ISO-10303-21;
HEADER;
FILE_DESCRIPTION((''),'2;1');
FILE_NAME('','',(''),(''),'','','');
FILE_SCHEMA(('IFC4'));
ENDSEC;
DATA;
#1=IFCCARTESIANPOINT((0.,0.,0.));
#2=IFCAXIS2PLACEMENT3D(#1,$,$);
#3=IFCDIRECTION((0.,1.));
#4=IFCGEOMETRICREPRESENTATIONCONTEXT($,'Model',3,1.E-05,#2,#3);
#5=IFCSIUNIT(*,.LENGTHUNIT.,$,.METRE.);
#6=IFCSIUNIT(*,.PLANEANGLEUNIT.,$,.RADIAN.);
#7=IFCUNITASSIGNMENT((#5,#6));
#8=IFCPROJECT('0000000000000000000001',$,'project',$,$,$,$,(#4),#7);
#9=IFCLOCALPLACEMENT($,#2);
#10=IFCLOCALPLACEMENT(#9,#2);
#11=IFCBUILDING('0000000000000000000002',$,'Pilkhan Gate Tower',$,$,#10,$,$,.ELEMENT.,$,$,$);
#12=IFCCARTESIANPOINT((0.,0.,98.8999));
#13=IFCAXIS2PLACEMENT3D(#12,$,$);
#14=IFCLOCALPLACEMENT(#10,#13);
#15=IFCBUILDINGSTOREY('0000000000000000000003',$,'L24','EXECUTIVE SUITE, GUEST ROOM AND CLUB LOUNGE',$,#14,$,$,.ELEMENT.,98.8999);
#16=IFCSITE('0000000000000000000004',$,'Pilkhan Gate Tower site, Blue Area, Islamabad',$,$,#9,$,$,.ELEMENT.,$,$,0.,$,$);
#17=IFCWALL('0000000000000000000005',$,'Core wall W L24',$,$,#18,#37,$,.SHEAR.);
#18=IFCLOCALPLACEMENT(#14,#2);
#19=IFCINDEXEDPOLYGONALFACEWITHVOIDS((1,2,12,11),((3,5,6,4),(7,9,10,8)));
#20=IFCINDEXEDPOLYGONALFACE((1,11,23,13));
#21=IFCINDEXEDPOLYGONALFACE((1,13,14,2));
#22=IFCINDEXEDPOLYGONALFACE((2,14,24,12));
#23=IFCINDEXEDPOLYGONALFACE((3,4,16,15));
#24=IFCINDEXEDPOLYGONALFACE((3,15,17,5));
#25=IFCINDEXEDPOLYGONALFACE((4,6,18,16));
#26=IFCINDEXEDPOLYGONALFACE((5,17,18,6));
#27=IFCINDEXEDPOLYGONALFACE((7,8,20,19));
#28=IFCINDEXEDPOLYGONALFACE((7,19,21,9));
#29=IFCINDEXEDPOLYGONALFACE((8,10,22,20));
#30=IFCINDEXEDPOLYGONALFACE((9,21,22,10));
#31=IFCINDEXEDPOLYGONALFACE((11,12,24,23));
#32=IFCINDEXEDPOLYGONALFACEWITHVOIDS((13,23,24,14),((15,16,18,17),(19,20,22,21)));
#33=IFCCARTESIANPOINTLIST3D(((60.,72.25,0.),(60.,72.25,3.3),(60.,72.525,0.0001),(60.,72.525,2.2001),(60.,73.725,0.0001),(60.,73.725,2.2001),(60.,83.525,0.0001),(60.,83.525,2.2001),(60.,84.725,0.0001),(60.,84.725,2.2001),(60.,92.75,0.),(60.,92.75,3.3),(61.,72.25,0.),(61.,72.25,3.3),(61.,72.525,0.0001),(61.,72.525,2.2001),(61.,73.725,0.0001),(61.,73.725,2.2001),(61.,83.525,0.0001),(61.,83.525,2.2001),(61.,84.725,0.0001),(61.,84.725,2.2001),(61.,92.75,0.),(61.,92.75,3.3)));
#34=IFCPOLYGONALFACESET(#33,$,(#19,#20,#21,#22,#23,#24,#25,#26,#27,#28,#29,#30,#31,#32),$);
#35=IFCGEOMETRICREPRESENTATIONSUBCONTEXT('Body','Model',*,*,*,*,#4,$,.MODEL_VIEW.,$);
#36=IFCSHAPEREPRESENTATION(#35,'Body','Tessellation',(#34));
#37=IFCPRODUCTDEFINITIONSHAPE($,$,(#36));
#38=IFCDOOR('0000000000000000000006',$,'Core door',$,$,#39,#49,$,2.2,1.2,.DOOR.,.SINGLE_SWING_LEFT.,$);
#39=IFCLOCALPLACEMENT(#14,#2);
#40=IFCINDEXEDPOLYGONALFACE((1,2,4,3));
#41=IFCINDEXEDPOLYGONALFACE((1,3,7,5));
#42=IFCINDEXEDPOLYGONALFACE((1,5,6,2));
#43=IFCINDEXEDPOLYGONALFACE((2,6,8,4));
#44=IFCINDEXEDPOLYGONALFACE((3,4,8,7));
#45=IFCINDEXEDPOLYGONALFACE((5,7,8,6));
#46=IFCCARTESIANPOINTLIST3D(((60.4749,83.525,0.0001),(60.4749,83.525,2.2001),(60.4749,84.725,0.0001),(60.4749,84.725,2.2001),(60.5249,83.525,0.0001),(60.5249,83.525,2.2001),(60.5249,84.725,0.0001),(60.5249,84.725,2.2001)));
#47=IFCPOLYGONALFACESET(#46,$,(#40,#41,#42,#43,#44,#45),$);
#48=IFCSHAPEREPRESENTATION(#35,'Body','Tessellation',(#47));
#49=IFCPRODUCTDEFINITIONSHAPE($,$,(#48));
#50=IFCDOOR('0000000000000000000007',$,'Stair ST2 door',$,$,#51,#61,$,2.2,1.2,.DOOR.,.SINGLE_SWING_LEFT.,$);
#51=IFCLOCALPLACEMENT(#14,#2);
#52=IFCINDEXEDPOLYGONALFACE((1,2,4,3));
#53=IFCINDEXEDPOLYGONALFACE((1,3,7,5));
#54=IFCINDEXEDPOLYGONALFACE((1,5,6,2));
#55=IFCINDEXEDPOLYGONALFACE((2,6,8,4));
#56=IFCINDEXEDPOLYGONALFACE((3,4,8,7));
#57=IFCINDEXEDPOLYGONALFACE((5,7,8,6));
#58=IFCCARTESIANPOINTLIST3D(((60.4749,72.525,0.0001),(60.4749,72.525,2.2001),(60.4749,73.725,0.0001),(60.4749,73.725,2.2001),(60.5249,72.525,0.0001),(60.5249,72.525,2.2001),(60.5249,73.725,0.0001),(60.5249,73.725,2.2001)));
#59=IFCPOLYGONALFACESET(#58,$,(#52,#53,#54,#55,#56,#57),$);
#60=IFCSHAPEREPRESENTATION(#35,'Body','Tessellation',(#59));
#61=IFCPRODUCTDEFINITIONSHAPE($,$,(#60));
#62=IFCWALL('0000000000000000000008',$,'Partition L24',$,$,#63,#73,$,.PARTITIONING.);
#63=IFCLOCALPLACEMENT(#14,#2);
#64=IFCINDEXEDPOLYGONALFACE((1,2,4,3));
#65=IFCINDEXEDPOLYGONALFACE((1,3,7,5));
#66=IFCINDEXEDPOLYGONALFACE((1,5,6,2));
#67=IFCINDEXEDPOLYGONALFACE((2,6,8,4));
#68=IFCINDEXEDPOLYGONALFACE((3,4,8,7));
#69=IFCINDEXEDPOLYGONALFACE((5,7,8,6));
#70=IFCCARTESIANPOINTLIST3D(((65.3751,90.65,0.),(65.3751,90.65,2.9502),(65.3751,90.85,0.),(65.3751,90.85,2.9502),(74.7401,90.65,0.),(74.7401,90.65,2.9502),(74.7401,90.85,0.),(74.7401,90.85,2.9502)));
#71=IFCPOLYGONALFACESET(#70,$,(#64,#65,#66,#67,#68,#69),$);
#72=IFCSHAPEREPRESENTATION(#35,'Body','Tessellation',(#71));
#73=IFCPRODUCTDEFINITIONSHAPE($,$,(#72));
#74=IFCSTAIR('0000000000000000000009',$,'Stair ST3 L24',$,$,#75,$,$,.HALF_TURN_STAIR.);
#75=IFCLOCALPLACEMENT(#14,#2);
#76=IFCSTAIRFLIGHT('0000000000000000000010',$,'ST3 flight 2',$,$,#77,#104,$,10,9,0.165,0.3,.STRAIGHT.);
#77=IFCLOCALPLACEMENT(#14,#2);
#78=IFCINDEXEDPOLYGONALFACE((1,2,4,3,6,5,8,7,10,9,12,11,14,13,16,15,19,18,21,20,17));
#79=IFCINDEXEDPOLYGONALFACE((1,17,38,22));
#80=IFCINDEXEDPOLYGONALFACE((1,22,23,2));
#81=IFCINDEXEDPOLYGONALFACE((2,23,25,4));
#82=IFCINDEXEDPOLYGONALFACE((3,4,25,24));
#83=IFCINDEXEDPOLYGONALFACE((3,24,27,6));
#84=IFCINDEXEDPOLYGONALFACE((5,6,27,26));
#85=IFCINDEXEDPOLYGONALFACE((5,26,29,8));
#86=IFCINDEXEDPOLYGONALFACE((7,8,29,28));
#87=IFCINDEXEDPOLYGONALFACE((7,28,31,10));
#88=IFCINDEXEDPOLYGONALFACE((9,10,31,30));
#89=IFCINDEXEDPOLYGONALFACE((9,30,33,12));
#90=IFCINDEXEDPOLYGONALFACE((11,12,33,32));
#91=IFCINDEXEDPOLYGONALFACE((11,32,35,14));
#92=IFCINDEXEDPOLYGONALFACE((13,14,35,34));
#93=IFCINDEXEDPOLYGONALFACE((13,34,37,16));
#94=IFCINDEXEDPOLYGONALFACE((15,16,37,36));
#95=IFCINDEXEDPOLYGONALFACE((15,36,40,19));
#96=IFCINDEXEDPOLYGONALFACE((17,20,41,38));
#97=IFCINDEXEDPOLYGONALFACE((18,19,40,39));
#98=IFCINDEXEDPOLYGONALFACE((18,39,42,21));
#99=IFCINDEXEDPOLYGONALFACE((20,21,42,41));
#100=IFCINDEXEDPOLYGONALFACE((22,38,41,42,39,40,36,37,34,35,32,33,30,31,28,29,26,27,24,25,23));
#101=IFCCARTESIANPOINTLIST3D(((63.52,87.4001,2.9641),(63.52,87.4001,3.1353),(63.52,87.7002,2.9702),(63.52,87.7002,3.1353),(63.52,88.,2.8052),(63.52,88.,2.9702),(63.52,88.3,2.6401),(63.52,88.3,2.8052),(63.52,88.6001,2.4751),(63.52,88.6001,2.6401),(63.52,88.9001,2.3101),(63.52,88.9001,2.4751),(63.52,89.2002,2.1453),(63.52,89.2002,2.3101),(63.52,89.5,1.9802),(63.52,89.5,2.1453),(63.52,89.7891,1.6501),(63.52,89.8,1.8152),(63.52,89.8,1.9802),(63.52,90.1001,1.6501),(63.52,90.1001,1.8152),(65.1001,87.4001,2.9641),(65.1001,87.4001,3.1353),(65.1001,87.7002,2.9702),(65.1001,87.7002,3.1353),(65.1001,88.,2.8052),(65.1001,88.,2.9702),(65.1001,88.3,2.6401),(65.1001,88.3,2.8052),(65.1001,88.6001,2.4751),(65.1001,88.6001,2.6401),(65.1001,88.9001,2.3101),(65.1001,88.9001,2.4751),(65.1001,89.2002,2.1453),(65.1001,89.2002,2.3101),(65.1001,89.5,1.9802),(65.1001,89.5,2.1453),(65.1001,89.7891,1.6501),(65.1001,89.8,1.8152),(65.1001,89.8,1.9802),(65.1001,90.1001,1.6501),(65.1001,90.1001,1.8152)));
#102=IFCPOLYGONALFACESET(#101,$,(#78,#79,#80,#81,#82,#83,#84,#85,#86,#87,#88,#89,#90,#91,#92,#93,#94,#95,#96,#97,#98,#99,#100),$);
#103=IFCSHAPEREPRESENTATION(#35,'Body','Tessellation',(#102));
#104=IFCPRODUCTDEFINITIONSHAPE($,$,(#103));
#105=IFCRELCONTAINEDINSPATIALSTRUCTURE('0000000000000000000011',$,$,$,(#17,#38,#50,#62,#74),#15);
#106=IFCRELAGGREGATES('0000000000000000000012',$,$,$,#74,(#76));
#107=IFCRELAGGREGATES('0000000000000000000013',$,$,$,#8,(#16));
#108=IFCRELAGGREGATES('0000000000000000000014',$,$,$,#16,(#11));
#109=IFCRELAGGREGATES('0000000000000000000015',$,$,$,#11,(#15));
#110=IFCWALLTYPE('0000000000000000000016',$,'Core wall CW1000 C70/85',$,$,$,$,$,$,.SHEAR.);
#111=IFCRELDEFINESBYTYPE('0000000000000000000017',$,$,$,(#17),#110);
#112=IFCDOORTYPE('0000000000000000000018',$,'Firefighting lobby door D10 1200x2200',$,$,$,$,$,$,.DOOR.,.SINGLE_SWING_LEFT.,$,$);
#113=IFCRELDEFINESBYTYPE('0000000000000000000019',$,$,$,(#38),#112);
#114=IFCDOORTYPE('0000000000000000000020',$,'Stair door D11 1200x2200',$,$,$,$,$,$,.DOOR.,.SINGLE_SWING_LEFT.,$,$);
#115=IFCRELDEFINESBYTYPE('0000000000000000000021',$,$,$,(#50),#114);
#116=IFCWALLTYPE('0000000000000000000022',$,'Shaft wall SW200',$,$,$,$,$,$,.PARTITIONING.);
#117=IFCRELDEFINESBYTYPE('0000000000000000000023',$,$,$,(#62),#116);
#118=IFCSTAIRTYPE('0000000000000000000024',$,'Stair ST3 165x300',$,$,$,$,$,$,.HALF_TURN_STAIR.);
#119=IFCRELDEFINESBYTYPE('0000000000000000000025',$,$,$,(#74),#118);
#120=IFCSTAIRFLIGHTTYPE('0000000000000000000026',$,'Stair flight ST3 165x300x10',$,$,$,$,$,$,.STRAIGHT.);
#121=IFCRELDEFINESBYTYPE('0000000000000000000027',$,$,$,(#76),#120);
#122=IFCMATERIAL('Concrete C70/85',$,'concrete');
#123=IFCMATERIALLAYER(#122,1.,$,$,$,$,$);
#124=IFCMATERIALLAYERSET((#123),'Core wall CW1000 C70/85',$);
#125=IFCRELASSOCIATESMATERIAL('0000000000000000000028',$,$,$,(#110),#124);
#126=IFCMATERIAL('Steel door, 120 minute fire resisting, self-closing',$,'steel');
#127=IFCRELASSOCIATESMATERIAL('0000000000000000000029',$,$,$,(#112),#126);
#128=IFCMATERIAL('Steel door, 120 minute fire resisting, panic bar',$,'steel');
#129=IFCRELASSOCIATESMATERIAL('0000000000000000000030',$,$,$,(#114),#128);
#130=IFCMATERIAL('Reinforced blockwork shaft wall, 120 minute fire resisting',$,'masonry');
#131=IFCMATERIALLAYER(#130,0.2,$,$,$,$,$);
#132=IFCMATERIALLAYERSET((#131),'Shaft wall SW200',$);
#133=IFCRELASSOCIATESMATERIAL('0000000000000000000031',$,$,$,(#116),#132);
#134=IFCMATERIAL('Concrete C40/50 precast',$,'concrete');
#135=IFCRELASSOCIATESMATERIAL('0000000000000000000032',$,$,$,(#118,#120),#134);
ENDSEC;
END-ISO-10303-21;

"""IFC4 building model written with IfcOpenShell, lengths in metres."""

from ifc_helpers import new_model, si_unit, direction, frame, frame_2d, origin, place, context, subcontext, project, spatial, polyline, rectangle, outline, extrude, material, layer, layer_set, type_object, element, fill, aggregate, save


model = new_model("IFC4")

# Units and contexts
model_context = context("Model", 3, precision=1e-05, world=origin(), true_north=direction((0.0, 1.0)))
body_context = subcontext(model_context, "Body", "Model", "MODEL_VIEW")
ifc_project = project(units=[si_unit("LENGTHUNIT", "METRE"), si_unit("PLANEANGLEUNIT", "RADIAN")], contexts=[model_context])

# Site, building, storey
site_placement = place(None, origin())
site = spatial("IfcSite", under=ifc_project, at=site_placement, Name="Pilkhan Gate Tower site, Blue Area, Islamabad", CompositionType="ELEMENT", RefElevation=0.0)
building_placement = place(site_placement, origin())
building = spatial("IfcBuilding", under=site, at=building_placement, Name="Pilkhan Gate Tower", CompositionType="ELEMENT")
storey_placement = place(building_placement, frame((0.0, 0.0, 98.8999)))
storey = spatial("IfcBuildingStorey", under=building, at=storey_placement, Name="L24", Description="EXECUTIVE SUITE, GUEST ROOM AND CLUB LOUNGE", CompositionType="ELEMENT", Elevation=98.8999)

# Wall, openings, doors
ifc_material_1 = material(Name="Concrete C70/85", Category="concrete")
ifc_layer_1 = layer(ifc_material_1, 1.0)
ifc_layer_set_1 = layer_set([ifc_layer_1], Name="Core wall CW1000 C70/85")
wall_type_1 = type_object("IfcWallType", Name="Core wall CW1000 C70/85", PredefinedType="SHEAR", material=ifc_layer_set_1)
wall_1_placement = place(storey_placement, frame((60.5, 92.75, 0.0), z_axis=(0.0, 0.0, 1.0), x_axis=(0.0, -1.0, 0.0)))
wall_1 = element("IfcWall", 1, at=wall_1_placement, inside=storey, type_object=wall_type_1, Name="Core wall W L24", PredefinedType="SHEAR", context=body_context, shape_type="SweptSolid", body=[
    extrude(rectangle(XDim=20.5, YDim=1.0, at=frame_2d((10.25, 0.0))), origin(), (0.0, 0.0, 1.0), 3.3),
])
opening_1_placement = place(wall_1_placement, frame((19.0249, 0.0, 0.0)))
opening_1 = element("IfcOpeningElement", 2, at=opening_1_placement, cuts=wall_1, PredefinedType="OPENING", context=body_context, shape_type="SweptSolid", body=[
    extrude(rectangle(XDim=1.2, YDim=2.2, at=frame_2d((0.6001, 1.1001))), frame((0.0, 0.51, 0.0), z_axis=(0.0, -1.0, 0.0), x_axis=(1.0, 0.0, 0.0)), (0.0, 0.0, 1.0), 1.02),
])
opening_2_placement = place(wall_1_placement, frame((8.0249, 0.0, 0.0)))
opening_2 = element("IfcOpeningElement", 3, at=opening_2_placement, cuts=wall_1, PredefinedType="OPENING", context=body_context, shape_type="SweptSolid", body=[
    extrude(rectangle(XDim=1.2, YDim=2.2, at=frame_2d((0.6001, 1.1001))), frame((0.0, 0.51, 0.0), z_axis=(0.0, -1.0, 0.0), x_axis=(1.0, 0.0, 0.0)), (0.0, 0.0, 1.0), 1.02),
])
ifc_material_2 = material(Name="Steel door, 120 minute fire resisting, self-closing", Category="steel")
door_type_1 = type_object("IfcDoorType", Name="Firefighting lobby door D10 1200x2200", OperationType="SINGLE_SWING_LEFT", PredefinedType="DOOR", material=ifc_material_2)
door_1_placement = place(opening_2_placement, origin())
door_1 = element("IfcDoor", 4, at=door_1_placement, inside=storey, type_object=door_type_1, Name="Core door", OperationType="SINGLE_SWING_LEFT", OverallHeight=2.2, OverallWidth=1.2, PredefinedType="DOOR", context=body_context, shape_type="SweptSolid", body=[
    extrude(rectangle(XDim=1.2, YDim=2.2, at=frame_2d((0.6001, 1.1001))), frame((0.0, 0.0249, 0.0), z_axis=(0.0, -1.0, 0.0), x_axis=(1.0, 0.0, 0.0)), (0.0, 0.0, 1.0), 0.05),
])
fill(opening_2, door_1)
ifc_material_3 = material(Name="Steel door, 120 minute fire resisting, panic bar", Category="steel")
door_type_2 = type_object("IfcDoorType", Name="Stair door D11 1200x2200", OperationType="SINGLE_SWING_LEFT", PredefinedType="DOOR", material=ifc_material_3)
door_2_placement = place(opening_1_placement, origin())
door_2 = element("IfcDoor", 5, at=door_2_placement, inside=storey, type_object=door_type_2, Name="Stair ST2 door", OperationType="SINGLE_SWING_LEFT", OverallHeight=2.2, OverallWidth=1.2, PredefinedType="DOOR", context=body_context, shape_type="SweptSolid", body=[
    extrude(rectangle(XDim=1.2, YDim=2.2, at=frame_2d((0.6001, 1.1001))), frame((0.0, 0.0249, 0.0), z_axis=(0.0, -1.0, 0.0), x_axis=(1.0, 0.0, 0.0)), (0.0, 0.0, 1.0), 0.05),
])
fill(opening_1, door_2)

# Wall
ifc_material_4 = material(Name="Reinforced blockwork shaft wall, 120 minute fire resisting", Category="masonry")
ifc_layer_2 = layer(ifc_material_4, 0.2)
ifc_layer_set_2 = layer_set([ifc_layer_2], Name="Shaft wall SW200")
wall_type_2 = type_object("IfcWallType", Name="Shaft wall SW200", PredefinedType="PARTITIONING", material=ifc_layer_set_2)
wall_2_placement = place(storey_placement, frame((65.375, 90.75, 0.0), z_axis=(0.0, 0.0, 1.0), x_axis=(1.0, 0.0, 0.0)))
element("IfcWall", 6, at=wall_2_placement, inside=storey, type_object=wall_type_2, Name="Partition L24", PredefinedType="PARTITIONING", context=body_context, shape_type="SweptSolid", body=[
    extrude(rectangle(XDim=9.365, YDim=0.2, at=frame_2d((4.6826, 0.0))), origin(), (0.0, 0.0, 1.0), 2.9502),
])

# Stair, stair flight
ifc_material_5 = material(Name="Concrete C40/50 precast", Category="concrete")
stair_type = type_object("IfcStairType", Name="Stair ST3 165x300", PredefinedType="HALF_TURN_STAIR", material=ifc_material_5)
stair_placement = place(storey_placement, origin())
stair = element("IfcStair", 7, at=stair_placement, inside=storey, type_object=stair_type, Name="Stair ST3 L24", PredefinedType="HALF_TURN_STAIR")
stair_flight_type = type_object("IfcStairFlightType", Name="Stair flight ST3 165x300x10", PredefinedType="STRAIGHT", material=ifc_material_5)
stair_flight_placement = place(storey_placement, frame((64.3101, 90.1001, 1.6501), z_axis=(0.0, 0.0, 1.0), x_axis=(0.0, -1.0, 0.0)))
stair_flight = element("IfcStairFlight", 8, at=stair_flight_placement, type_object=stair_flight_type, Name="ST3 flight 2", NumberOfRisers=10, NumberOfTreads=9, PredefinedType="STRAIGHT", RiserHeight=0.165, TreadLength=0.3, context=body_context, shape_type="SweptSolid", body=[
    extrude(outline(polyline([(0.0, 0.0), (0.0, 0.165), (0.3, 0.165), (0.3, 0.3301), (0.6001, 0.3301), (0.6001, 0.4951), (0.8999, 0.4951), (0.8999, 0.6599), (1.2, 0.6599), (1.2, 0.825), (1.5, 0.825), (1.5, 0.99), (1.8, 0.99), (1.8, 1.155), (2.1001, 1.155), (2.1001, 1.3201), (2.3999, 1.3201), (2.3999, 1.4851), (2.7, 1.4851), (2.7, 1.6499), (2.7, 1.314), (0.311, 0.0), (0.0, 0.0)])), frame((0.0, 0.79, 0.0), z_axis=(0.0, -1.0, 0.0), x_axis=(1.0, 0.0, 0.0)), (0.0, 0.0, 1.0), 1.5801),
])
aggregate(stair, [stair_flight])

save(model, "model.ifc")
